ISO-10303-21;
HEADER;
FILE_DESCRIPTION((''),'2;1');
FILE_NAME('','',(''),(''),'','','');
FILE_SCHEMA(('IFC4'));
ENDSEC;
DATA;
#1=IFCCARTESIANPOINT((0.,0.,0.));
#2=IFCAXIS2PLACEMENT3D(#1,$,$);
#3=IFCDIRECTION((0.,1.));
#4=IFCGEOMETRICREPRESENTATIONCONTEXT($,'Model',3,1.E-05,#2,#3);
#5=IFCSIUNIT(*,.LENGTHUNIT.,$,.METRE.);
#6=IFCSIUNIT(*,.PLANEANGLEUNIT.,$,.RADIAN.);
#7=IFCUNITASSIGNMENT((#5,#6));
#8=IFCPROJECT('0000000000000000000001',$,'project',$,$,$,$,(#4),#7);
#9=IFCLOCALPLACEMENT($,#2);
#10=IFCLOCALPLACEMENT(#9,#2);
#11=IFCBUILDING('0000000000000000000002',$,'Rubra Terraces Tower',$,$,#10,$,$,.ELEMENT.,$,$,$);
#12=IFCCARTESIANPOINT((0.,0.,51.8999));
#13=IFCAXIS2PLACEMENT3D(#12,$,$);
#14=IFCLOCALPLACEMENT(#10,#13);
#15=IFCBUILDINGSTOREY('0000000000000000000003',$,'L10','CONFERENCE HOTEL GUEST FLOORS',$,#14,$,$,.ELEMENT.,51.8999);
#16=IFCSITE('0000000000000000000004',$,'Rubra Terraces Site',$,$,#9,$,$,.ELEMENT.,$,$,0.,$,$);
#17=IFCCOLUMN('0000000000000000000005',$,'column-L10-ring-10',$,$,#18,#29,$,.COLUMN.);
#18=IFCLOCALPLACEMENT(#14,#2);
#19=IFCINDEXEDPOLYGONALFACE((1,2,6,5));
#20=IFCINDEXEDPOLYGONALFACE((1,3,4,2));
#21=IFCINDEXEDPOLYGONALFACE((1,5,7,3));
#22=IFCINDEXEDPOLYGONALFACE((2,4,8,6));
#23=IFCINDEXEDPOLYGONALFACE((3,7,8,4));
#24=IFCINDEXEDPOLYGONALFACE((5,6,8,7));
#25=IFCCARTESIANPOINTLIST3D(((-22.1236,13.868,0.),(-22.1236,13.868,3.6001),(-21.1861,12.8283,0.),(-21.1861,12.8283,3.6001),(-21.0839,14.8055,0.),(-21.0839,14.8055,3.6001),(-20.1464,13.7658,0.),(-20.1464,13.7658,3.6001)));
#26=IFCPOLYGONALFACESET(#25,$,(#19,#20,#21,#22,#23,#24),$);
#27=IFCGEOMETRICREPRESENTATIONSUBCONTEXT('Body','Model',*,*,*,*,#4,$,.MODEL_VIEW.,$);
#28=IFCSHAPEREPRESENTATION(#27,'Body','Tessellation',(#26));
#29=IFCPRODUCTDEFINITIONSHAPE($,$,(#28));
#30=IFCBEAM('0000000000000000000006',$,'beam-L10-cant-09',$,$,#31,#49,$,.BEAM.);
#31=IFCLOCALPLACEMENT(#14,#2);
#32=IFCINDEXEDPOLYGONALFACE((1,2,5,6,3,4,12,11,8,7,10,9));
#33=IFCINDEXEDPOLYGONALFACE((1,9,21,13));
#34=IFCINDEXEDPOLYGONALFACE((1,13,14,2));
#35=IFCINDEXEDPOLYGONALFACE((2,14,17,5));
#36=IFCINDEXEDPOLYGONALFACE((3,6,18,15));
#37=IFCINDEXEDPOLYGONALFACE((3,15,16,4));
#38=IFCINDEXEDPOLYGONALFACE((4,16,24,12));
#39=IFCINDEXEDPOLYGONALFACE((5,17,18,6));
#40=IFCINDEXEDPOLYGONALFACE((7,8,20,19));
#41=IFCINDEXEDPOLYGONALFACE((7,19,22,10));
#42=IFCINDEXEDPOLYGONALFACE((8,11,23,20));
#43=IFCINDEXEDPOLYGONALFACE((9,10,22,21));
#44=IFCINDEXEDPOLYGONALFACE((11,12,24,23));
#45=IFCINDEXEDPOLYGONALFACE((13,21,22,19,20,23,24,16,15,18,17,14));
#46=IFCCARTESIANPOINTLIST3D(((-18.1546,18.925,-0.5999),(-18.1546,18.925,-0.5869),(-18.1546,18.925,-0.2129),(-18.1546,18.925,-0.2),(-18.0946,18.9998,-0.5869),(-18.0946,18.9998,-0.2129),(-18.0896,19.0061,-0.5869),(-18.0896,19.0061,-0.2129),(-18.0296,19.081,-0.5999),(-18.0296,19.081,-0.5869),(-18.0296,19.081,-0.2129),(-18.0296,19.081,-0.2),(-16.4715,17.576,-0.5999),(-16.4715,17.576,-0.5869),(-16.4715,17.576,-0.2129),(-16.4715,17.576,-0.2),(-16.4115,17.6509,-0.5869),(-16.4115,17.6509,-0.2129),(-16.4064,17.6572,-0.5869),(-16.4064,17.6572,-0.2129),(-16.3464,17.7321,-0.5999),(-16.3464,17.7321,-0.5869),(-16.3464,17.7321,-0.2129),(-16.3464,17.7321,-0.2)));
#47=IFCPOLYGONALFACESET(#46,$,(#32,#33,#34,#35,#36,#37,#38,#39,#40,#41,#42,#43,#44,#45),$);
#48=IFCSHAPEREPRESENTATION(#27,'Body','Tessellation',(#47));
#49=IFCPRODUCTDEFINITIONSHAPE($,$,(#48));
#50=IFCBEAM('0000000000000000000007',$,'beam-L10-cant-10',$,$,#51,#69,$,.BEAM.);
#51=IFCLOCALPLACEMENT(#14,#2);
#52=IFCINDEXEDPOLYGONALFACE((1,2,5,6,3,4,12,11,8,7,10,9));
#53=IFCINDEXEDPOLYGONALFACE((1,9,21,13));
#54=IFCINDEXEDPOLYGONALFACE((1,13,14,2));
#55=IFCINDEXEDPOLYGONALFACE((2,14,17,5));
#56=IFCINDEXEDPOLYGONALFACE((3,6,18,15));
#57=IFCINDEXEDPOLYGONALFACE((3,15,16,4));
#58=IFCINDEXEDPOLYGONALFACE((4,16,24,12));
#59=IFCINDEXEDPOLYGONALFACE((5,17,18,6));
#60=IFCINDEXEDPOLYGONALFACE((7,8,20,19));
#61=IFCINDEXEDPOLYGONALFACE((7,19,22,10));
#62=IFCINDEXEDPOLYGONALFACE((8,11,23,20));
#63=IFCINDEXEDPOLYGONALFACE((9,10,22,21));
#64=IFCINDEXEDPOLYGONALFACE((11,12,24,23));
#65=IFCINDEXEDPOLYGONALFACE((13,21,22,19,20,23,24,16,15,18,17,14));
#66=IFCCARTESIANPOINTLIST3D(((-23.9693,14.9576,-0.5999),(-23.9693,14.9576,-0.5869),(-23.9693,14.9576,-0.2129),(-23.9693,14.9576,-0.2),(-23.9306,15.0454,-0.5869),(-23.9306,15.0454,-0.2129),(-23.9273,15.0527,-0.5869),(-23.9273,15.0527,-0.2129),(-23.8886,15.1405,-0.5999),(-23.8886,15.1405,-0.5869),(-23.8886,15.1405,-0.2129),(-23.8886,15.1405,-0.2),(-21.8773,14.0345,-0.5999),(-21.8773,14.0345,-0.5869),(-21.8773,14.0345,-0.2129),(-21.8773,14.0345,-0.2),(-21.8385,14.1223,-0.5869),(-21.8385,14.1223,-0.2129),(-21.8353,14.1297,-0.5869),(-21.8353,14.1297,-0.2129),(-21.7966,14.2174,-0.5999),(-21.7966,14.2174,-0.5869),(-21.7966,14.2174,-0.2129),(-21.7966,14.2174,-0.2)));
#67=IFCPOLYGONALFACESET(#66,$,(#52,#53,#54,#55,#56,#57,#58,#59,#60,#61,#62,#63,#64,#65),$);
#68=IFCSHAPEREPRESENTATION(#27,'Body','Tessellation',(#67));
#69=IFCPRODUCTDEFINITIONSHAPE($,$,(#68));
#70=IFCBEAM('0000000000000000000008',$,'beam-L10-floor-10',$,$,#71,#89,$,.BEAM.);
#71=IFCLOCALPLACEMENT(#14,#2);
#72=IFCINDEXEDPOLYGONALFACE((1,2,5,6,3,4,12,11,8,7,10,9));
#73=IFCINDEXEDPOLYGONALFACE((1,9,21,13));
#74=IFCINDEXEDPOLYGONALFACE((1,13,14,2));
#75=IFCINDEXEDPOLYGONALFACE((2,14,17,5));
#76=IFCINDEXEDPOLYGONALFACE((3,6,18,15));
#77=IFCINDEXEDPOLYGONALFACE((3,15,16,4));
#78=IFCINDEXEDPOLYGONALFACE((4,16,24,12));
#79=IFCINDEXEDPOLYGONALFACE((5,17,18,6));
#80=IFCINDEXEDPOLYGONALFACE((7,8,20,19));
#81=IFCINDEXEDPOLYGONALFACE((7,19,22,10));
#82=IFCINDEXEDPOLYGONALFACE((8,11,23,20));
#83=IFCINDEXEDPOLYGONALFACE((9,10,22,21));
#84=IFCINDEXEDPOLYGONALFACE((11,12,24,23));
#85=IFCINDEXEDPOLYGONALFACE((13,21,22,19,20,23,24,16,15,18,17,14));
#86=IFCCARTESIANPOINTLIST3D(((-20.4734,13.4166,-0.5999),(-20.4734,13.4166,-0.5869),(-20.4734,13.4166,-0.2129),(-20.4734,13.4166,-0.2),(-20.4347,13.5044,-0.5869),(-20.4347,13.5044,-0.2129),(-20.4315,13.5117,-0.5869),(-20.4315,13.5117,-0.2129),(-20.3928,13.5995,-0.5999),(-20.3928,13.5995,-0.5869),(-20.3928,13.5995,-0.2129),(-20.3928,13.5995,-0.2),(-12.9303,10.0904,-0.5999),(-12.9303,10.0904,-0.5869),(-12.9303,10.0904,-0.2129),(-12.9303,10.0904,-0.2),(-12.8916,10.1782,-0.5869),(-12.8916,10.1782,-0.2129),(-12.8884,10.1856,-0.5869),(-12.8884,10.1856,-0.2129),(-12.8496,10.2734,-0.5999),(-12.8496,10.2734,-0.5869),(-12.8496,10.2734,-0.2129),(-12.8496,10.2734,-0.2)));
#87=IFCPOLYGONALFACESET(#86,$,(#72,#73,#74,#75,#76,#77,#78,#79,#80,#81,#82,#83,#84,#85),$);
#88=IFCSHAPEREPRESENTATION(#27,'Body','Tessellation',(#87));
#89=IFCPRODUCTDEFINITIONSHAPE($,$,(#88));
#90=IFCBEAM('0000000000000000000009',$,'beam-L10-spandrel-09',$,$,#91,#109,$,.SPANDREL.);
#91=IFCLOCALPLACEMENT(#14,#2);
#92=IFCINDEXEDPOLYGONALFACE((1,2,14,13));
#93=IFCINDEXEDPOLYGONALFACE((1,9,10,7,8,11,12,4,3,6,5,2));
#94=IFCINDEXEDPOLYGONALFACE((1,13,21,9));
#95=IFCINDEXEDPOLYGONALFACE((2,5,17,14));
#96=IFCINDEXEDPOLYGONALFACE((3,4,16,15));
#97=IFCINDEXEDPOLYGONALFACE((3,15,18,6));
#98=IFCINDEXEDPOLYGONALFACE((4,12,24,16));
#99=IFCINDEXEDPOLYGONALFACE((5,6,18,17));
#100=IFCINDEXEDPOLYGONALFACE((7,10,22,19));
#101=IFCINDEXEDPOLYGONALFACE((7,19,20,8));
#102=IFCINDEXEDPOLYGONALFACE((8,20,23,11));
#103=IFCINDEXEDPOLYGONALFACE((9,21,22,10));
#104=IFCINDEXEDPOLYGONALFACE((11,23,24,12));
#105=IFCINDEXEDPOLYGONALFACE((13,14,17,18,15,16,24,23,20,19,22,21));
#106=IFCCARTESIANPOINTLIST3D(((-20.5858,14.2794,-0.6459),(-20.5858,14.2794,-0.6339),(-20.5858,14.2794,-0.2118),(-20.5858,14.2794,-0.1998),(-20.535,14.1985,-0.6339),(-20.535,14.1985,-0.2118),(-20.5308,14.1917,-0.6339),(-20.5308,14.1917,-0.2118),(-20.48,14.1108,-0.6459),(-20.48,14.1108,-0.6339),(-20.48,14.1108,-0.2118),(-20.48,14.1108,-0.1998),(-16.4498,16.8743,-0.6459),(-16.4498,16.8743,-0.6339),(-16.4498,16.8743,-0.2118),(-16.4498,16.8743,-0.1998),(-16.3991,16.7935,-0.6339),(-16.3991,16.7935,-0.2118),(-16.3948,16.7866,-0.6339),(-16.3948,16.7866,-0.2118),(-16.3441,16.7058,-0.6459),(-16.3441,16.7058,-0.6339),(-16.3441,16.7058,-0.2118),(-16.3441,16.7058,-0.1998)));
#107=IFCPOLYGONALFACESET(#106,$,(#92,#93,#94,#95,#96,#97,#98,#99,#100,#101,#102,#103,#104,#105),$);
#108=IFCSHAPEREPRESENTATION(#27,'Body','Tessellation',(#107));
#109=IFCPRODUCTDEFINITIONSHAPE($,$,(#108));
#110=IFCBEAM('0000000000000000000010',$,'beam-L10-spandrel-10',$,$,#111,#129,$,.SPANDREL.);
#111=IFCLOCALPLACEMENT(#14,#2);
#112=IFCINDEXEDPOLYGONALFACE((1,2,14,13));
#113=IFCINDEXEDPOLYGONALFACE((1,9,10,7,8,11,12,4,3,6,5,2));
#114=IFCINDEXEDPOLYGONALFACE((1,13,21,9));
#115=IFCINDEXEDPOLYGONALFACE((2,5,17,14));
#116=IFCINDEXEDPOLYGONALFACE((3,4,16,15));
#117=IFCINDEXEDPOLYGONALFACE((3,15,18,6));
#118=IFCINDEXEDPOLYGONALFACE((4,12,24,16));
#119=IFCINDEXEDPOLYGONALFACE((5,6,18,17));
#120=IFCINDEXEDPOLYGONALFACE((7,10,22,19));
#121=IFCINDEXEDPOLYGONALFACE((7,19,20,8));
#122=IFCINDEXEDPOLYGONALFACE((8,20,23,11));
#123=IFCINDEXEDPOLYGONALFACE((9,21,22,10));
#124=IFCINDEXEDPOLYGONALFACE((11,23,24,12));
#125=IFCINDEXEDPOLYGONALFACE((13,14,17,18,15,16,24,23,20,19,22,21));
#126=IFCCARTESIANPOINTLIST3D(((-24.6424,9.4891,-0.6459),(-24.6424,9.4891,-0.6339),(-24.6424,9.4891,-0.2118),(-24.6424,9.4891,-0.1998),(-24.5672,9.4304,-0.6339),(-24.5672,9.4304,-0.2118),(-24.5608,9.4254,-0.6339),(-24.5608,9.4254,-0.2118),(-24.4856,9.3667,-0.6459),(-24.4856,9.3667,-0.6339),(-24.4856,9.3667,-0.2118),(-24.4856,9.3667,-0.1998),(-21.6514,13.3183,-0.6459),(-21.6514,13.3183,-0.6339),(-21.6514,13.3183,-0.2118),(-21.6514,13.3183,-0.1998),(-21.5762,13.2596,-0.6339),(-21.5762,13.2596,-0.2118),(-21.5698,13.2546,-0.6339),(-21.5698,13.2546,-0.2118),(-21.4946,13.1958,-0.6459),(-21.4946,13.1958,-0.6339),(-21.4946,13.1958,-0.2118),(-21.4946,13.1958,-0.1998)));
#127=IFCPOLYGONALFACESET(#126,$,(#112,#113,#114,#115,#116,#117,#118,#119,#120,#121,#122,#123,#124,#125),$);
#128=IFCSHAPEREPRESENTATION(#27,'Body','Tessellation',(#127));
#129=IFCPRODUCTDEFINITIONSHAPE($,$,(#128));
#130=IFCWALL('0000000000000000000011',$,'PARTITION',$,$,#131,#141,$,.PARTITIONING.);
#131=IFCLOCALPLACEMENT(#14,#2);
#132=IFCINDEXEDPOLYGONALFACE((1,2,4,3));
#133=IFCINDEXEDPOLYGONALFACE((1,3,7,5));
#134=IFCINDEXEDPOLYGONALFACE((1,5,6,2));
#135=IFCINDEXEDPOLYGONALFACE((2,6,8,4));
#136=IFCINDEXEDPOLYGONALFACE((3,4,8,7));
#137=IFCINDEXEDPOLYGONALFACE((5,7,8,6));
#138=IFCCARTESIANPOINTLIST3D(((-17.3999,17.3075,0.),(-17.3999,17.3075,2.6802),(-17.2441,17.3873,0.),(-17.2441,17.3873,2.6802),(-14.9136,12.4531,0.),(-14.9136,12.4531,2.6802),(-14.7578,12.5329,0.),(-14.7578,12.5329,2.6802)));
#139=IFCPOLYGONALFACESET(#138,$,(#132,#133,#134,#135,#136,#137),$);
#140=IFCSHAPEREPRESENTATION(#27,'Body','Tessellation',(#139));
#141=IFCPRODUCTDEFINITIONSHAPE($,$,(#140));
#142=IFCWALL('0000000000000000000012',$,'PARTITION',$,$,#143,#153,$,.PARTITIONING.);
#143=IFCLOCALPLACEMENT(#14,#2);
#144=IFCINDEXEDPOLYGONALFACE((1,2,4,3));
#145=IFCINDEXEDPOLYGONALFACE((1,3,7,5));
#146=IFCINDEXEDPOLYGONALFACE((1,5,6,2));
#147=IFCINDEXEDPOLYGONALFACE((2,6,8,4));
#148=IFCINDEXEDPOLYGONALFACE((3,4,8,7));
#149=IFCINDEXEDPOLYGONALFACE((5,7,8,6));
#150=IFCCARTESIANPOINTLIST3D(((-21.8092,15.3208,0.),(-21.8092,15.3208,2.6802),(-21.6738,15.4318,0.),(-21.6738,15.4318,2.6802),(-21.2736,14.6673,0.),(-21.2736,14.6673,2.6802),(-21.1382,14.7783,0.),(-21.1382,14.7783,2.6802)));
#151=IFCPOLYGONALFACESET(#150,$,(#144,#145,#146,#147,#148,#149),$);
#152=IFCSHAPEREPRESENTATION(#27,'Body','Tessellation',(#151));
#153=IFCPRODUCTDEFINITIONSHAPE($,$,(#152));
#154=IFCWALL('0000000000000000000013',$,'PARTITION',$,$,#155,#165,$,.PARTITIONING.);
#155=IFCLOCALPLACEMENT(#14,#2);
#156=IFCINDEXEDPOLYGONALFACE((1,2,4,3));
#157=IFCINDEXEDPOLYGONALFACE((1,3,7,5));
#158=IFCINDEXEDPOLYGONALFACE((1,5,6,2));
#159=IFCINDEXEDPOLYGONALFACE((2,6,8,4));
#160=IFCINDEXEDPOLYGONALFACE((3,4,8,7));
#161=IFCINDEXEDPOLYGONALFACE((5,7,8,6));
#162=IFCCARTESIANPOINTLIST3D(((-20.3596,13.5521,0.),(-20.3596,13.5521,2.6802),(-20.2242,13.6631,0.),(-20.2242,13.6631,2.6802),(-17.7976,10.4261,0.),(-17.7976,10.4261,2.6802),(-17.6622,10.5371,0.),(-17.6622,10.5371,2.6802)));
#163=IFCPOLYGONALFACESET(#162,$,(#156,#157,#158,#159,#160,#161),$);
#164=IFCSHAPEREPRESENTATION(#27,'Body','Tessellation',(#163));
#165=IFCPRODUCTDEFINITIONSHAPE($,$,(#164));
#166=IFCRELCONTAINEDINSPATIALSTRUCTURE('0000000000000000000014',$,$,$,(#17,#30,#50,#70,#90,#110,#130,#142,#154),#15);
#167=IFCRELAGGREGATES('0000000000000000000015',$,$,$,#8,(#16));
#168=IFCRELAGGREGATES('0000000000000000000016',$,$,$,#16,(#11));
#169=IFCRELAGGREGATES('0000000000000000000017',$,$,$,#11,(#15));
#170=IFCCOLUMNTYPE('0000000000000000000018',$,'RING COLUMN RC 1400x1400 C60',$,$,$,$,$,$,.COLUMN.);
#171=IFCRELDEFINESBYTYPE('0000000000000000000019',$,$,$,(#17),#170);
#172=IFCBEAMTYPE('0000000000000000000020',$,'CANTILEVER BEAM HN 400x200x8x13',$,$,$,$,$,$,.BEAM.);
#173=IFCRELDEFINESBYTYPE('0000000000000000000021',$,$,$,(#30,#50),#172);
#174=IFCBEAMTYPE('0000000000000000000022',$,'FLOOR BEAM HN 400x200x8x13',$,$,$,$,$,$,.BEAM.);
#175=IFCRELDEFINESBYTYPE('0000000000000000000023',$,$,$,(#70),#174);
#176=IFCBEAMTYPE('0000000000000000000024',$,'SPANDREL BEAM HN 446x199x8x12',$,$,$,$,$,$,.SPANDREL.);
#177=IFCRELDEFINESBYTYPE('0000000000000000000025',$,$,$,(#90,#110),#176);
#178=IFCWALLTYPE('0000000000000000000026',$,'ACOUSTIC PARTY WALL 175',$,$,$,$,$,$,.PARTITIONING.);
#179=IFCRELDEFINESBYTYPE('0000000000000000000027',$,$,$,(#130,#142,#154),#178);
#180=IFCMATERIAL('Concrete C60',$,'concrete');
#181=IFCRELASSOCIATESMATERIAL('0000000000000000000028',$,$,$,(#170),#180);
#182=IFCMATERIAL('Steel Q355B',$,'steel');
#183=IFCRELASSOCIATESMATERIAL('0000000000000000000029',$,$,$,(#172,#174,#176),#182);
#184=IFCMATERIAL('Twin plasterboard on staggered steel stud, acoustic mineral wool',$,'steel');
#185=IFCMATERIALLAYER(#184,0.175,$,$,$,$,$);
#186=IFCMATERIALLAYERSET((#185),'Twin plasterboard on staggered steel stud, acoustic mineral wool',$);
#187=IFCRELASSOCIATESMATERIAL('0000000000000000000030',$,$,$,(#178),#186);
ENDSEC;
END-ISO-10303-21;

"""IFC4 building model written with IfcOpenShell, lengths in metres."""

from ifc_helpers import new_model, si_unit, direction, frame, frame_2d, origin, origin_2d, place, context, subcontext, project, spatial, rectangle, i_section, extrude, material, layer, layer_set, material_profile, profile_set, type_object, element, save


model = new_model("IFC4")

# Units and contexts
model_context = context("Model", 3, precision=1e-05, world=origin(), true_north=direction((0.0, 1.0)))
body_context = subcontext(model_context, "Body", "Model", "MODEL_VIEW")
ifc_project = project(units=[si_unit("LENGTHUNIT", "METRE"), si_unit("PLANEANGLEUNIT", "RADIAN")], contexts=[model_context])

# Site, building, storey
site_placement = place(None, origin())
site = spatial("IfcSite", under=ifc_project, at=site_placement, Name="Rubra Terraces Site", CompositionType="ELEMENT", RefElevation=0.0)
building_placement = place(site_placement, origin())
building = spatial("IfcBuilding", under=site, at=building_placement, Name="Rubra Terraces Tower", CompositionType="ELEMENT")
storey_placement = place(building_placement, frame((0.0, 0.0, 51.8999)))
storey = spatial("IfcBuildingStorey", under=building, at=storey_placement, Name="L10", Description="CONFERENCE HOTEL GUEST FLOORS", CompositionType="ELEMENT", Elevation=51.8999)

# Column
ifc_material_1 = material(Name="Concrete C60", Category="concrete")
ifc_material_profile_1 = material_profile(ifc_material_1, rectangle(XDim=1.3999, YDim=1.3999, at=origin_2d()), Name="RC 1400x1400")
ifc_profile_set_1 = profile_set([ifc_material_profile_1], Name="Concrete C60")
column_type = type_object("IfcColumnType", Name="RING COLUMN RC 1400x1400 C60", PredefinedType="COLUMN", material=ifc_profile_set_1)
column_placement = place(storey_placement, frame((-21.135, 13.8169, 0.0), z_axis=(0.0, 0.0, 1.0), x_axis=(-0.742676, -0.669651, 0.0)))
element("IfcColumn", 1, at=column_placement, inside=storey, type_object=column_type, Name="column-L10-ring-10", PredefinedType="COLUMN", context=body_context, shape_type="SweptSolid", body=[
    extrude(rectangle(XDim=1.3999, YDim=1.3999, at=origin_2d()), origin(), (0.0, 0.0, 1.0), 3.6001),
])

# Beams
ifc_material_2 = material(Name="Steel Q355B", Category="steel")
ifc_material_profile_2 = material_profile(ifc_material_2, i_section(OverallWidth=0.2, OverallDepth=0.3999, WebThickness=0.0081, FlangeThickness=0.0129, at=origin_2d()), Name="HN 400x200x8x13")
ifc_profile_set_2 = profile_set([ifc_material_profile_2], Name="Steel Q355B")
beam_type_1 = type_object("IfcBeamType", Name="CANTILEVER BEAM HN 400x200x8x13", PredefinedType="BEAM", material=ifc_profile_set_2)
beam_1_placement = place(storey_placement, frame((-16.4089, 17.6541, -0.3999), z_axis=(-0.780327, 0.625371, 0.0), x_axis=(-0.625371, -0.780327, 0.0)))
element("IfcBeam", 2, at=beam_1_placement, inside=storey, type_object=beam_type_1, Name="beam-L10-cant-09", PredefinedType="BEAM", context=body_context, shape_type="SweptSolid", body=[
    extrude(i_section(OverallWidth=0.2, OverallDepth=0.3999, WebThickness=0.0081, FlangeThickness=0.0129, at=origin_2d()), origin(), (0.0, 0.0, 1.0), 2.157),
])
beam_2_placement = place(storey_placement, frame((-21.8369, 14.126, -0.3999), z_axis=(-0.914896, 0.40369, 0.0), x_axis=(-0.40369, -0.914896, 0.0)))
element("IfcBeam", 3, at=beam_2_placement, inside=storey, type_object=beam_type_1, Name="beam-L10-cant-10", PredefinedType="BEAM", context=body_context, shape_type="SweptSolid", body=[
    extrude(i_section(OverallWidth=0.2, OverallDepth=0.3999, WebThickness=0.0081, FlangeThickness=0.0129, at=origin_2d()), origin(), (0.0, 0.0, 1.0), 2.2866),
])
ifc_material_profile_3 = material_profile(ifc_material_2, i_section(OverallWidth=0.2, OverallDepth=0.3999, WebThickness=0.0081, FlangeThickness=0.0129, at=origin_2d()), Name="HN 400x200x8x13")
ifc_profile_set_3 = profile_set([ifc_material_profile_3], Name="Steel Q355B")
beam_type_2 = type_object("IfcBeamType", Name="FLOOR BEAM HN 400x200x8x13", PredefinedType="BEAM", material=ifc_profile_set_3)
beam_3_placement = place(storey_placement, frame((-20.4331, 13.5081, -0.3999), z_axis=(0.914995, -0.403466, 0.0), x_axis=(0.403466, 0.914995, 0.0)))
element("IfcBeam", 4, at=beam_3_placement, inside=storey, type_object=beam_type_2, Name="beam-L10-floor-10", PredefinedType="BEAM", context=body_context, shape_type="SweptSolid", body=[
    extrude(i_section(OverallWidth=0.2, OverallDepth=0.3999, WebThickness=0.0081, FlangeThickness=0.0129, at=origin_2d()), origin(), (0.0, 0.0, 1.0), 8.2439),
])
ifc_material_profile_4 = material_profile(ifc_material_2, i_section(OverallWidth=0.199, OverallDepth=0.446, WebThickness=0.0081, FlangeThickness=0.012, at=origin_2d()), Name="HN 446x199x8x12")
ifc_profile_set_4 = profile_set([ifc_material_profile_4], Name="Steel Q355B")
beam_type_3 = type_object("IfcBeamType", Name="SPANDREL BEAM HN 446x199x8x12", PredefinedType="SPANDREL", material=ifc_profile_set_4)
beam_4_placement = place(storey_placement, frame((-16.397, 16.79, -0.4229), z_axis=(-0.847078, -0.531468, 0.0), x_axis=(0.531468, -0.847078, 0.0)))
element("IfcBeam", 5, at=beam_4_placement, inside=storey, type_object=beam_type_3, Name="beam-L10-spandrel-09", PredefinedType="SPANDREL", context=body_context, shape_type="SweptSolid", body=[
    extrude(i_section(OverallWidth=0.199, OverallDepth=0.446, WebThickness=0.0081, FlangeThickness=0.012, at=origin_2d()), origin(), (0.0, 0.0, 1.0), 4.8826),
])
beam_5_placement = place(storey_placement, frame((-21.573, 13.2571, -0.4229), z_axis=(-0.615578, -0.788076, 0.0), x_axis=(0.788076, -0.615578, 0.0)))
element("IfcBeam", 6, at=beam_5_placement, inside=storey, type_object=beam_type_3, Name="beam-L10-spandrel-10", PredefinedType="SPANDREL", context=body_context, shape_type="SweptSolid", body=[
    extrude(i_section(OverallWidth=0.199, OverallDepth=0.446, WebThickness=0.0081, FlangeThickness=0.012, at=origin_2d()), origin(), (0.0, 0.0, 1.0), 4.8589),
])

# Walls
ifc_material_3 = material(Name="Twin plasterboard on staggered steel stud, acoustic mineral wool", Category="steel")
ifc_layer_1 = layer(ifc_material_3, 0.175)
ifc_layer_set_1 = layer_set([ifc_layer_1], Name="Twin plasterboard on staggered steel stud, acoustic mineral wool")
wall_type_1 = type_object("IfcWallType", Name="ACOUSTIC PARTY WALL 175", PredefinedType="PARTITIONING", material=ifc_layer_set_1)
wall_1_placement = place(storey_placement, frame((-17.322, 17.3474, 0.0), z_axis=(0.0, 0.0, 1.0), x_axis=(0.455859, -0.890052, 0.0)))
element("IfcWall", 7, at=wall_1_placement, inside=storey, type_object=wall_type_1, Name="PARTITION", PredefinedType="PARTITIONING", context=body_context, shape_type="SweptSolid", body=[
    extrude(rectangle(XDim=5.4541, YDim=0.175, at=frame_2d((2.7271, 0.0))), origin(), (0.0, 0.0, 1.0), 2.6802),
])
wall_2_placement = place(storey_placement, frame((-21.7415, 15.3762, 0.0), z_axis=(0.0, 0.0, 1.0), x_axis=(0.633883, -0.773429, 0.0)))
element("IfcWall", 8, at=wall_2_placement, inside=storey, type_object=wall_type_1, Name="PARTITION", PredefinedType="PARTITIONING", context=body_context, shape_type="SweptSolid", body=[
    extrude(rectangle(XDim=0.845, YDim=0.175, at=frame_2d((0.4224, 0.0))), origin(), (0.0, 0.0, 1.0), 2.6802),
])
wall_3_placement = place(storey_placement, frame((-20.292, 13.6077, 0.0), z_axis=(0.0, 0.0, 1.0), x_axis=(0.633889, -0.773424, 0.0)))
element("IfcWall", 9, at=wall_3_placement, inside=storey, type_object=wall_type_1, Name="PARTITION", PredefinedType="PARTITIONING", context=body_context, shape_type="SweptSolid", body=[
    extrude(rectangle(XDim=4.0417, YDim=0.175, at=frame_2d((2.021, 0.0))), origin(), (0.0, 0.0, 1.0), 2.6802),
])

save(model, "model.ifc")
